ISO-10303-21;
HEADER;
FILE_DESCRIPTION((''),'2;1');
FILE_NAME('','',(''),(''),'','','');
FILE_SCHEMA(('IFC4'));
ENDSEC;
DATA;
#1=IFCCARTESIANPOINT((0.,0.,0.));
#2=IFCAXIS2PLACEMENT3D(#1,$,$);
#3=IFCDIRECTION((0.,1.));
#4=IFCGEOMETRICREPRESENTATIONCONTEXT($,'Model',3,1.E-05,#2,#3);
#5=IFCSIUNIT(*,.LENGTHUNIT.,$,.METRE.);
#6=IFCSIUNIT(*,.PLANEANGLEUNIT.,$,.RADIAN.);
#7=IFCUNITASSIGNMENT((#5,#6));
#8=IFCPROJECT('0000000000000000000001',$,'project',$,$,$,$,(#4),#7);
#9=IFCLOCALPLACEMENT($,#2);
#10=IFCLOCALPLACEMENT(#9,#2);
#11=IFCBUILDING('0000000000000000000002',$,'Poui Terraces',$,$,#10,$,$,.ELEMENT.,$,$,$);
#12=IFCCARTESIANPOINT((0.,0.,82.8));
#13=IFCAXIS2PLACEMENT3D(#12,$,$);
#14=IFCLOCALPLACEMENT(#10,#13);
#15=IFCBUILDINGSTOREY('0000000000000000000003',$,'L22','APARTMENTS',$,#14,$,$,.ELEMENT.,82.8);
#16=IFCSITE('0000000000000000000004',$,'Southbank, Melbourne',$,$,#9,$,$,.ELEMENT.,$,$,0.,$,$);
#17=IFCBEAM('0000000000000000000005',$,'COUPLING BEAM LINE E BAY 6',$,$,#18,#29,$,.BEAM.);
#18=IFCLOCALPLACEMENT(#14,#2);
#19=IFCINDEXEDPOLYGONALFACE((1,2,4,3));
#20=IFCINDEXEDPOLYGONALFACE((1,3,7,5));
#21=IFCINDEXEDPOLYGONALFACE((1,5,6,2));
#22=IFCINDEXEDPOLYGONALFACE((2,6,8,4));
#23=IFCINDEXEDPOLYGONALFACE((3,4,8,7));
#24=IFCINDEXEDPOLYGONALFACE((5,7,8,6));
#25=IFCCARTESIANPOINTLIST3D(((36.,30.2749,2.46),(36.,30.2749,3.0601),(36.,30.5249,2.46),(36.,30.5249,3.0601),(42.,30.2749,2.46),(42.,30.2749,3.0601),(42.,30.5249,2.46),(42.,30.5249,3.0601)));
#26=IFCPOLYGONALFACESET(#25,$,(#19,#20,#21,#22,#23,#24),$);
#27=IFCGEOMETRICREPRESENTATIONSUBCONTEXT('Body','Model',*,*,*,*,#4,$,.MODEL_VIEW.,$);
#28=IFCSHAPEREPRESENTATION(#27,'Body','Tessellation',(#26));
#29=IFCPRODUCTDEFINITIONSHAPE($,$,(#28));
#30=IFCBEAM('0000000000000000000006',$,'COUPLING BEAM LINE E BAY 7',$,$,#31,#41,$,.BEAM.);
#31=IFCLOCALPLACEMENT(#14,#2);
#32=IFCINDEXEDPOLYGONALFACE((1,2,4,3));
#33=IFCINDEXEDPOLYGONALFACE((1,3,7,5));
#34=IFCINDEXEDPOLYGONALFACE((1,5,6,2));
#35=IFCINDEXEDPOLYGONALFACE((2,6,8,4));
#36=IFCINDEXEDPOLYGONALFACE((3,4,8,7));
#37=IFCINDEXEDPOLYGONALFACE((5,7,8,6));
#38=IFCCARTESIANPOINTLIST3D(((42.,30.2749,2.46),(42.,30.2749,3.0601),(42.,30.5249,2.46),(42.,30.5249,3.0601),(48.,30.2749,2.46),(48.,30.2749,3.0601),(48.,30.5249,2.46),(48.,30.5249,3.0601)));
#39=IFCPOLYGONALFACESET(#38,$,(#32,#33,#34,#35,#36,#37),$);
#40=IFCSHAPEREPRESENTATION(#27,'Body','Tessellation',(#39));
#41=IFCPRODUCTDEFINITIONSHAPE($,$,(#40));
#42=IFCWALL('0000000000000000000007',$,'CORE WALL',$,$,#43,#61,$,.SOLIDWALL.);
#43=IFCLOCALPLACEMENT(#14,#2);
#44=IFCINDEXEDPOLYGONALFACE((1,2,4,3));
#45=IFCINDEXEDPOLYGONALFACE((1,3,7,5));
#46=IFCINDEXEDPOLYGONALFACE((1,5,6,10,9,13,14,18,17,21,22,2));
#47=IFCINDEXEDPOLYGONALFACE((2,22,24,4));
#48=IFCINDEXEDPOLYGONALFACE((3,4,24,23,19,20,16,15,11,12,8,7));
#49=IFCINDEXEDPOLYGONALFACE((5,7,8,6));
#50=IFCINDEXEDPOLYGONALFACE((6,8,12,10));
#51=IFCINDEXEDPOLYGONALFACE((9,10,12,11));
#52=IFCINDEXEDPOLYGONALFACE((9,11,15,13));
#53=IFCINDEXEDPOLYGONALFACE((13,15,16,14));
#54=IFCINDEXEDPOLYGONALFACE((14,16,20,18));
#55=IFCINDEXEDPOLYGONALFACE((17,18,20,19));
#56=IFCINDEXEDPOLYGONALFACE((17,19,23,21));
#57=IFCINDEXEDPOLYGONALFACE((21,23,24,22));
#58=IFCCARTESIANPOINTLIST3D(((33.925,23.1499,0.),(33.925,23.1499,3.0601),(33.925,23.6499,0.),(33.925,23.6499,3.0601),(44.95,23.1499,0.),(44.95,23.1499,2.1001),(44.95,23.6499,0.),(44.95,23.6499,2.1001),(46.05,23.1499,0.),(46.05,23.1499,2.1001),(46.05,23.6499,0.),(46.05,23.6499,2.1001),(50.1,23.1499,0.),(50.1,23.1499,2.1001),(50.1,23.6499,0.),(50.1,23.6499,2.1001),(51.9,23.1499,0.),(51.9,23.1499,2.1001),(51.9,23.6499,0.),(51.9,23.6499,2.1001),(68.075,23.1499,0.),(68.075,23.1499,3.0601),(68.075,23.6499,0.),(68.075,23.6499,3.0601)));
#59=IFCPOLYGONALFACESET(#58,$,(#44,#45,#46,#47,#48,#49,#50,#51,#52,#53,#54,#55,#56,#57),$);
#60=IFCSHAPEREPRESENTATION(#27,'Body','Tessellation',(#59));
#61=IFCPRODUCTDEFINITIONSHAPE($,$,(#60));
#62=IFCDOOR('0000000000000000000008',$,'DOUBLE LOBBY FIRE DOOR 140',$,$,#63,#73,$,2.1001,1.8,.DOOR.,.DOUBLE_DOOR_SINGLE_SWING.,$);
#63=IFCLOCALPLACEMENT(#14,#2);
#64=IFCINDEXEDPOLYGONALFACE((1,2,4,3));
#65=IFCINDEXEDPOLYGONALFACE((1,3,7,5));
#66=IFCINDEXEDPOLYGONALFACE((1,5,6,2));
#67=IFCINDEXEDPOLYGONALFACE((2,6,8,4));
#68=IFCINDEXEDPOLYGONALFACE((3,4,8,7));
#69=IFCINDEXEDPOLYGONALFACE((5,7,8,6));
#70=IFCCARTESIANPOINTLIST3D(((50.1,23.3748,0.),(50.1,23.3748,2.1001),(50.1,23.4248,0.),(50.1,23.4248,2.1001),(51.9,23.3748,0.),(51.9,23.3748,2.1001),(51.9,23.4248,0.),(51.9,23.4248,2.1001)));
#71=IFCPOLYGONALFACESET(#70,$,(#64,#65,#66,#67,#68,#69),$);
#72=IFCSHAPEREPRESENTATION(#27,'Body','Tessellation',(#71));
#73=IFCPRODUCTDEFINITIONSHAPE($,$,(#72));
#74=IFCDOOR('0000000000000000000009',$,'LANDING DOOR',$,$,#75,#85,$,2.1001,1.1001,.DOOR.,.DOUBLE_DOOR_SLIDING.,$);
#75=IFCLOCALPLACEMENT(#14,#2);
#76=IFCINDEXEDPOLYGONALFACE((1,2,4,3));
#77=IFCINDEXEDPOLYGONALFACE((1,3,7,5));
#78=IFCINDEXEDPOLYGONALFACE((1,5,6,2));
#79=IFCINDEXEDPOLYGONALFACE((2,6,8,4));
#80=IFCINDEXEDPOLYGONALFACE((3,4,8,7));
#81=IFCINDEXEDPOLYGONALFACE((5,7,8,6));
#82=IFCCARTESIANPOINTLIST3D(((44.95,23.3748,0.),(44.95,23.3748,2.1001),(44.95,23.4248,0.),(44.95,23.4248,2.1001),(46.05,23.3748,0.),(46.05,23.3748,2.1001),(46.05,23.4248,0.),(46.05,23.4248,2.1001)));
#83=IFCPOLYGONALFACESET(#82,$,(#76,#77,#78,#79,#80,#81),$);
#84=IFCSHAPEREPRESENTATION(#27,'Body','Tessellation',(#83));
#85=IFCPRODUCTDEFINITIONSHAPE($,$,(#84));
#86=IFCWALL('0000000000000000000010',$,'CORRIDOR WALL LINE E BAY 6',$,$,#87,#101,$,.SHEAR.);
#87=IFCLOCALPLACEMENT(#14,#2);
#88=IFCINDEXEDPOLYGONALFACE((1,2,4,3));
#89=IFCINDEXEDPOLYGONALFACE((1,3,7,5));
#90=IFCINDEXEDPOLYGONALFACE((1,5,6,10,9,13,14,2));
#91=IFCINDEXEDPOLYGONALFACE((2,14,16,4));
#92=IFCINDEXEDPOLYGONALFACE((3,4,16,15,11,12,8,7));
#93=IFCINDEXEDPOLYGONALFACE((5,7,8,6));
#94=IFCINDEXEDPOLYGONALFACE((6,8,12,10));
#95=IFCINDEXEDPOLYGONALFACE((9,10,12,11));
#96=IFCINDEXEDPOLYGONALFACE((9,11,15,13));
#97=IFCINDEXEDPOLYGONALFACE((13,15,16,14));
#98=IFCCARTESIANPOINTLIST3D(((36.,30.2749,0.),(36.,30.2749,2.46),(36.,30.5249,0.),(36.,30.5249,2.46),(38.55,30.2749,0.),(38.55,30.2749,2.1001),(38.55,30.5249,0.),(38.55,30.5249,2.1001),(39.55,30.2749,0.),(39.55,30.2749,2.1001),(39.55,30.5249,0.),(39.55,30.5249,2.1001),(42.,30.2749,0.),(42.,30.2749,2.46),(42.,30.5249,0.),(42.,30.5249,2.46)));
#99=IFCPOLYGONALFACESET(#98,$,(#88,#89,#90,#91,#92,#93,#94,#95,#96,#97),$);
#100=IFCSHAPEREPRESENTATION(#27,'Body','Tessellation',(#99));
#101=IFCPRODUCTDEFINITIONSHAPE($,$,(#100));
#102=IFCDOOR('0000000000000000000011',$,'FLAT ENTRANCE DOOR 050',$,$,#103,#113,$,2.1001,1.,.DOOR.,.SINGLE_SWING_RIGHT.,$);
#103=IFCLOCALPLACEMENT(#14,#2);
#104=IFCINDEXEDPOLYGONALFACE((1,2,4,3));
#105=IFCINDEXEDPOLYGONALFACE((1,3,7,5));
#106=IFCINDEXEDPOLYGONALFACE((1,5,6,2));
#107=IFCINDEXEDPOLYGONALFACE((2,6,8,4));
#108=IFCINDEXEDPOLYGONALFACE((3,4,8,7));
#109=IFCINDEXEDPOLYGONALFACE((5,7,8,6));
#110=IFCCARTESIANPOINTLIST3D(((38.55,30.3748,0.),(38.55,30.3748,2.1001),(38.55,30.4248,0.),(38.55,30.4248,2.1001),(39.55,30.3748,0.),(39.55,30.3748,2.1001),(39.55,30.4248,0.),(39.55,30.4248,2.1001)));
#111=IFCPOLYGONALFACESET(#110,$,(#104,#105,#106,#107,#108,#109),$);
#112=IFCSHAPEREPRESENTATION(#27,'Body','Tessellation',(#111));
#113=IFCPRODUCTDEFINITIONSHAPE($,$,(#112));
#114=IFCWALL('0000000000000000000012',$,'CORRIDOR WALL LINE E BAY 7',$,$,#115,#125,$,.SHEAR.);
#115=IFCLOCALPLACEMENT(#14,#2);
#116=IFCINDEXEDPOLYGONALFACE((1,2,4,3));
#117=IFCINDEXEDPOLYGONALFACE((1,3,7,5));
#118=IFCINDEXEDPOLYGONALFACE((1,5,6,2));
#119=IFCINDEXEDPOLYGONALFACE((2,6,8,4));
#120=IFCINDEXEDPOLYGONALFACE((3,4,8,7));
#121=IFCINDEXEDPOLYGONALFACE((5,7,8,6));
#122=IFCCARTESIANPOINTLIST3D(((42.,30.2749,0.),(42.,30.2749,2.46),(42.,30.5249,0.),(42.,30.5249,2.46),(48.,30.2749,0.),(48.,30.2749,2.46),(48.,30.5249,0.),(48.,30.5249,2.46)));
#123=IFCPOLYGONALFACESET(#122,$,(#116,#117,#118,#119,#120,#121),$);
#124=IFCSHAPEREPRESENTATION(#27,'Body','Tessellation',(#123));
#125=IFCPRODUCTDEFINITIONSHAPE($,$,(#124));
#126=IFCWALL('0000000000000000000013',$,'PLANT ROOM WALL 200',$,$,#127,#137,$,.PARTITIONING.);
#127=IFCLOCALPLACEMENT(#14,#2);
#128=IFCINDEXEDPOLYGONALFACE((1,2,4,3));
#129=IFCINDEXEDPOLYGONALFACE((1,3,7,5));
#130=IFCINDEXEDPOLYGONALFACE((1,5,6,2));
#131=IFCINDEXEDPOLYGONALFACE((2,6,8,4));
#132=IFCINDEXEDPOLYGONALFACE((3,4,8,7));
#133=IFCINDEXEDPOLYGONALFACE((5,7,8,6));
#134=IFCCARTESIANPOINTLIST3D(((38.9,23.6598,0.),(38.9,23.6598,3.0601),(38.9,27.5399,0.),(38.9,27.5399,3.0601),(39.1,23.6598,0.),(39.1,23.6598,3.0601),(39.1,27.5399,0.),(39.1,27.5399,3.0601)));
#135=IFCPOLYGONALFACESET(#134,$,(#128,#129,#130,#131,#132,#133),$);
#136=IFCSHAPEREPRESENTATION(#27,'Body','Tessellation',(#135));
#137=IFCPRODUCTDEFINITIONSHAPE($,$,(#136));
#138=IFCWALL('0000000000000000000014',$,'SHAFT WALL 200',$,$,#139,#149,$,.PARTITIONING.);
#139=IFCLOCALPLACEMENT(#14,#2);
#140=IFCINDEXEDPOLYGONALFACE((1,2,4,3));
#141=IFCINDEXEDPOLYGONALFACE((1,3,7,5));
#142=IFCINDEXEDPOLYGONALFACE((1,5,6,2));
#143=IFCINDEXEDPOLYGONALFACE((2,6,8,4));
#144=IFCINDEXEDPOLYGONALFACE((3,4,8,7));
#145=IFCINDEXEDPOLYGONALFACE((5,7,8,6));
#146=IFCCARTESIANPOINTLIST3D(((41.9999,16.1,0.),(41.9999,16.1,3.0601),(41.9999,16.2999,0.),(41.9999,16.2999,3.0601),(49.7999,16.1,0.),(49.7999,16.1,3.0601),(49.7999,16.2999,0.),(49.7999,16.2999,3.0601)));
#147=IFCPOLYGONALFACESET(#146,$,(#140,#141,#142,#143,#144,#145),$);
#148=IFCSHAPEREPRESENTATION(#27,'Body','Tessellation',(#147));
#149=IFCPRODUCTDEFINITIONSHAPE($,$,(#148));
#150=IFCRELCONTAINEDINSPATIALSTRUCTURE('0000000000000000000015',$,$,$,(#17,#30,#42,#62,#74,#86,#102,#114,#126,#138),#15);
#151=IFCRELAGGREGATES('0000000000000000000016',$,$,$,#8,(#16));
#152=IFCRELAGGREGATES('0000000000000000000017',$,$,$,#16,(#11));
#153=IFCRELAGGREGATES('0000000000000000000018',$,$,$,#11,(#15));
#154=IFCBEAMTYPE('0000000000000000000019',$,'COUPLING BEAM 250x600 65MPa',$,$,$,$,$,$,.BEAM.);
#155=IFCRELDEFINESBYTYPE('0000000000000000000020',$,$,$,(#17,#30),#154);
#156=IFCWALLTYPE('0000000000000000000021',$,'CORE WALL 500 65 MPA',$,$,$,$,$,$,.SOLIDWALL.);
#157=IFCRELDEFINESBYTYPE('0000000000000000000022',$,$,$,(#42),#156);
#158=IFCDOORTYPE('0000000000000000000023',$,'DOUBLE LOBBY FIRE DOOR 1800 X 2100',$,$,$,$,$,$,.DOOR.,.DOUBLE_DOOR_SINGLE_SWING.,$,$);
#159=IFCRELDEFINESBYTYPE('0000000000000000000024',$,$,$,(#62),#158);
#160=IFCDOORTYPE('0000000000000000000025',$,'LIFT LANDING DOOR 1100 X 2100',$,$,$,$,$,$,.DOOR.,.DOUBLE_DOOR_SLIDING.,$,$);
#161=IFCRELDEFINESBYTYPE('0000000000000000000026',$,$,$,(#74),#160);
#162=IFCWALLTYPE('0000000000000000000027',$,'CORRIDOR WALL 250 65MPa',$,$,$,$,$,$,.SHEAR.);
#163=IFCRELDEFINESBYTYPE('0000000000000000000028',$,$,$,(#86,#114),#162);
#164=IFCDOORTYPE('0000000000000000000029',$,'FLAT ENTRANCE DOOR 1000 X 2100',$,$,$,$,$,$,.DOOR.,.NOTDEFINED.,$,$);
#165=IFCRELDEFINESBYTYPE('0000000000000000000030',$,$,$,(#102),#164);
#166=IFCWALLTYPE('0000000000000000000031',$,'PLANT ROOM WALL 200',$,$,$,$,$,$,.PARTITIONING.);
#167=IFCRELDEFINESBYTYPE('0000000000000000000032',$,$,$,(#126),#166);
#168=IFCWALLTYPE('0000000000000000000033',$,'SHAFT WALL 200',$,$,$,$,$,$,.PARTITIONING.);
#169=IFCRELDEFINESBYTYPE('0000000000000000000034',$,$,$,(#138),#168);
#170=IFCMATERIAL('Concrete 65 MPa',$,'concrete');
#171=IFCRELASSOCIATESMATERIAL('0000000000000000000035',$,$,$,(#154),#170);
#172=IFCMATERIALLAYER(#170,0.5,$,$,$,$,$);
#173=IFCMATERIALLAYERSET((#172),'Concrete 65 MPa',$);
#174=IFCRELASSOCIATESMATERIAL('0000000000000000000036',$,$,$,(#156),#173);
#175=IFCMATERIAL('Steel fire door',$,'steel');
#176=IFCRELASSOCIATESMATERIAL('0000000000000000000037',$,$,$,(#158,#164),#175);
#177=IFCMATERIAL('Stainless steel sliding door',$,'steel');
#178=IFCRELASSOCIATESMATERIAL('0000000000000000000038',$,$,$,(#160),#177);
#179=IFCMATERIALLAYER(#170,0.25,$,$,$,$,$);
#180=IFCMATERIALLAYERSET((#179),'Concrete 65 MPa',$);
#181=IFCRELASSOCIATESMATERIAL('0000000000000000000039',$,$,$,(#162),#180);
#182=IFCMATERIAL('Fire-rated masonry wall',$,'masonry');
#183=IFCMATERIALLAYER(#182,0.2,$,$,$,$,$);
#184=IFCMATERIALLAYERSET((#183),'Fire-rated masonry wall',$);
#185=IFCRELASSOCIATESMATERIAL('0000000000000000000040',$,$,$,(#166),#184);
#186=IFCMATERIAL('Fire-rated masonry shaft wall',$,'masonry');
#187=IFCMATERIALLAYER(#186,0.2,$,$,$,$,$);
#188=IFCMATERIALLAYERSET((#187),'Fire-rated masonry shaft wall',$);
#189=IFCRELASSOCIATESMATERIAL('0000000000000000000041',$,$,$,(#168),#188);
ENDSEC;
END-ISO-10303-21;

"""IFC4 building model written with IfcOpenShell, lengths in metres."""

from ifc_helpers import new_model, si_unit, direction, frame, frame_2d, origin, origin_2d, place, context, subcontext, project, spatial, rectangle, extrude, source, transform, mapped, material, layer, layer_set, material_profile, profile_set, type_object, element, fill, save


model = new_model("IFC4")

# Units and contexts
model_context = context("Model", 3, precision=1e-05, world=origin(), true_north=direction((0.0, 1.0)))
body_context = subcontext(model_context, "Body", "Model", "MODEL_VIEW")
ifc_project = project(units=[si_unit("LENGTHUNIT", "METRE"), si_unit("PLANEANGLEUNIT", "RADIAN")], contexts=[model_context])

# Site, building, storey
site_placement = place(None, origin())
site = spatial("IfcSite", under=ifc_project, at=site_placement, Name="Southbank, Melbourne", CompositionType="ELEMENT", RefElevation=0.0)
building_placement = place(site_placement, origin())
building = spatial("IfcBuilding", under=site, at=building_placement, Name="Poui Terraces", CompositionType="ELEMENT")
storey_placement = place(building_placement, frame((0.0, 0.0, 82.8)))
storey = spatial("IfcBuildingStorey", under=building, at=storey_placement, Name="L22", Description="APARTMENTS", CompositionType="ELEMENT", Elevation=82.8)

# Beams
ifc_material_1 = material(Name="Concrete 65 MPa", Category="concrete")
ifc_material_profile = material_profile(ifc_material_1, rectangle(XDim=0.25, YDim=0.6001, at=origin_2d()), Name="RC 250x600")
ifc_profile_set = profile_set([ifc_material_profile], Name="Concrete 65 MPa")
beam_type = type_object("IfcBeamType", Name="COUPLING BEAM 250x600 65MPa", PredefinedType="BEAM", material=ifc_profile_set)
shared_shape = source(origin(), body_context, "Body", "SweptSolid", [
    extrude(rectangle(XDim=0.25, YDim=0.6001, at=origin_2d()), origin(), (0.0, 0.0, 1.0), 6.0),
])
for number, where, z_axis, x_axis, name in (
    (1, (36.0, 30.3999, 2.76), (1.0, 0.0, 0.0), (0.0, 1.0, 0.0), "COUPLING BEAM LINE E BAY 6"),
    (2, (42.0, 30.3999, 2.76), (1.0, 0.0, 0.0), (0.0, 1.0, 0.0), "COUPLING BEAM LINE E BAY 7"),
):
    element("IfcBeam", number, at=place(storey_placement, frame(where, z_axis=z_axis, x_axis=x_axis)), inside=storey, type_object=beam_type, Name=name, PredefinedType="BEAM", context=body_context, shape_type="MappedRepresentation", body=[
        mapped(shared_shape, transform((0.0, 0.0, 0.0))),
    ])

# Wall, openings, doors
ifc_layer_1 = layer(ifc_material_1, 0.5)
ifc_layer_set_1 = layer_set([ifc_layer_1], Name="Concrete 65 MPa")
wall_type_1 = type_object("IfcWallType", Name="CORE WALL 500 65 MPA", PredefinedType="SOLIDWALL", material=ifc_layer_set_1)
wall_1_placement = place(storey_placement, frame((33.925, 23.3999, 0.0), z_axis=(0.0, 0.0, 1.0), x_axis=(1.0, 0.0, 0.0)))
wall_1 = element("IfcWall", 3, at=wall_1_placement, inside=storey, type_object=wall_type_1, Name="CORE WALL", PredefinedType="SOLIDWALL", context=body_context, shape_type="SweptSolid", body=[
    extrude(rectangle(XDim=34.1499, YDim=0.5, at=frame_2d((17.075, 0.0))), origin(), (0.0, 0.0, 1.0), 3.0601),
])
opening_1_placement = place(wall_1_placement, frame((16.175, 0.0, 0.0)))
opening_1 = element("IfcOpeningElement", 4, at=opening_1_placement, cuts=wall_1, PredefinedType="OPENING", context=body_context, shape_type="SweptSolid", body=[
    extrude(rectangle(XDim=1.8, YDim=2.1001, at=frame_2d((0.8999, 1.05))), frame((0.0, 0.26, 0.0), z_axis=(0.0, -1.0, 0.0), x_axis=(1.0, 0.0, 0.0)), (0.0, 0.0, 1.0), 0.52),
])
opening_2_placement = place(wall_1_placement, frame((11.0249, 0.0, 0.0)))
opening_2 = element("IfcOpeningElement", 5, at=opening_2_placement, cuts=wall_1, PredefinedType="OPENING", context=body_context, shape_type="SweptSolid", body=[
    extrude(rectangle(XDim=1.1001, YDim=2.1001, at=frame_2d((0.55, 1.05))), frame((0.0, 0.26, 0.0), z_axis=(0.0, -1.0, 0.0), x_axis=(1.0, 0.0, 0.0)), (0.0, 0.0, 1.0), 0.52),
])
ifc_material_2 = material(Name="Steel fire door", Category="steel")
door_type_1 = type_object("IfcDoorType", Name="DOUBLE LOBBY FIRE DOOR 1800 X 2100", OperationType="DOUBLE_DOOR_SINGLE_SWING", PredefinedType="DOOR", material=ifc_material_2)
door_1_placement = place(opening_1_placement, origin())
door_1 = element("IfcDoor", 6, at=door_1_placement, inside=storey, type_object=door_type_1, Name="DOUBLE LOBBY FIRE DOOR 140", OperationType="DOUBLE_DOOR_SINGLE_SWING", OverallHeight=2.1001, OverallWidth=1.8, PredefinedType="DOOR", context=body_context, shape_type="SweptSolid", body=[
    extrude(rectangle(XDim=1.8, YDim=2.1001, at=frame_2d((0.8999, 1.05))), frame((0.0, 0.0249, 0.0), z_axis=(0.0, -1.0, 0.0), x_axis=(1.0, 0.0, 0.0)), (0.0, 0.0, 1.0), 0.05),
])
fill(opening_1, door_1)
ifc_material_3 = material(Name="Stainless steel sliding door", Category="steel")
door_type_2 = type_object("IfcDoorType", Name="LIFT LANDING DOOR 1100 X 2100", OperationType="DOUBLE_DOOR_SLIDING", PredefinedType="DOOR", material=ifc_material_3)
door_2_placement = place(opening_2_placement, origin())
door_2 = element("IfcDoor", 7, at=door_2_placement, inside=storey, type_object=door_type_2, Name="LANDING DOOR", OperationType="DOUBLE_DOOR_SLIDING", OverallHeight=2.1001, OverallWidth=1.1001, PredefinedType="DOOR", context=body_context, shape_type="SweptSolid", body=[
    extrude(rectangle(XDim=1.1001, YDim=2.1001, at=frame_2d((0.55, 1.05))), frame((0.0, 0.0249, 0.0), z_axis=(0.0, -1.0, 0.0), x_axis=(1.0, 0.0, 0.0)), (0.0, 0.0, 1.0), 0.05),
])
fill(opening_2, door_2)

# Wall, opening, door
ifc_layer_2 = layer(ifc_material_1, 0.25)
ifc_layer_set_2 = layer_set([ifc_layer_2], Name="Concrete 65 MPa")
wall_type_2 = type_object("IfcWallType", Name="CORRIDOR WALL 250 65MPa", PredefinedType="SHEAR", material=ifc_layer_set_2)
wall_2_placement = place(storey_placement, frame((36.0, 30.3999, 0.0), z_axis=(0.0, 0.0, 1.0), x_axis=(1.0, 0.0, 0.0)))
wall_2 = element("IfcWall", 8, at=wall_2_placement, inside=storey, type_object=wall_type_2, Name="CORRIDOR WALL LINE E BAY 6", PredefinedType="SHEAR", context=body_context, shape_type="SweptSolid", body=[
    extrude(rectangle(XDim=6.0, YDim=0.25, at=frame_2d((3.0, 0.0))), origin(), (0.0, 0.0, 1.0), 2.46),
])
opening_3_placement = place(wall_2_placement, frame((2.55, 0.0, 0.0)))
opening_3 = element("IfcOpeningElement", 9, at=opening_3_placement, cuts=wall_2, PredefinedType="OPENING", context=body_context, shape_type="SweptSolid", body=[
    extrude(rectangle(XDim=1.0, YDim=2.1001, at=frame_2d((0.5, 1.05))), frame((0.0, 0.135, 0.0), z_axis=(0.0, -1.0, 0.0), x_axis=(1.0, 0.0, 0.0)), (0.0, 0.0, 1.0), 0.27),
])
door_type_3 = type_object("IfcDoorType", Name="FLAT ENTRANCE DOOR 1000 X 2100", OperationType="NOTDEFINED", PredefinedType="DOOR", material=ifc_material_2)
door_3_placement = place(opening_3_placement, origin())
door_3 = element("IfcDoor", 10, at=door_3_placement, inside=storey, type_object=door_type_3, Name="FLAT ENTRANCE DOOR 050", OperationType="SINGLE_SWING_RIGHT", OverallHeight=2.1001, OverallWidth=1.0, PredefinedType="DOOR", context=body_context, shape_type="SweptSolid", body=[
    extrude(rectangle(XDim=1.0, YDim=2.1001, at=frame_2d((0.5, 1.05))), frame((0.0, 0.0249, 0.0), z_axis=(0.0, -1.0, 0.0), x_axis=(1.0, 0.0, 0.0)), (0.0, 0.0, 1.0), 0.05),
])
fill(opening_3, door_3)

# Walls
wall_3_placement = place(storey_placement, frame((42.0, 30.3999, 0.0), z_axis=(0.0, 0.0, 1.0), x_axis=(1.0, 0.0, 0.0)))
element("IfcWall", 11, at=wall_3_placement, inside=storey, type_object=wall_type_2, Name="CORRIDOR WALL LINE E BAY 7", PredefinedType="SHEAR", context=body_context, shape_type="SweptSolid", body=[
    extrude(rectangle(XDim=6.0, YDim=0.25, at=frame_2d((3.0, 0.0))), origin(), (0.0, 0.0, 1.0), 2.46),
])
ifc_material_4 = material(Name="Fire-rated masonry wall", Category="masonry")
ifc_layer_3 = layer(ifc_material_4, 0.2)
ifc_layer_set_3 = layer_set([ifc_layer_3], Name="Fire-rated masonry wall")
wall_type_3 = type_object("IfcWallType", Name="PLANT ROOM WALL 200", PredefinedType="PARTITIONING", material=ifc_layer_set_3)
wall_4_placement = place(storey_placement, frame((39.0, 23.6599, 0.0), z_axis=(0.0, 0.0, 1.0), x_axis=(0.0, 1.0, 0.0)))
element("IfcWall", 12, at=wall_4_placement, inside=storey, type_object=wall_type_3, Name="PLANT ROOM WALL 200", PredefinedType="PARTITIONING", context=body_context, shape_type="SweptSolid", body=[
    extrude(rectangle(XDim=3.8801, YDim=0.2, at=frame_2d((1.9399, 0.0))), origin(), (0.0, 0.0, 1.0), 3.0601),
])
ifc_material_5 = material(Name="Fire-rated masonry shaft wall", Category="masonry")
ifc_layer_4 = layer(ifc_material_5, 0.2)
ifc_layer_set_4 = layer_set([ifc_layer_4], Name="Fire-rated masonry shaft wall")
wall_type_4 = type_object("IfcWallType", Name="SHAFT WALL 200", PredefinedType="PARTITIONING", material=ifc_layer_set_4)
wall_5_placement = place(storey_placement, frame((42.0, 16.2, 0.0), z_axis=(0.0, 0.0, 1.0), x_axis=(1.0, 0.0, 0.0)))
element("IfcWall", 13, at=wall_5_placement, inside=storey, type_object=wall_type_4, Name="SHAFT WALL 200", PredefinedType="PARTITIONING", context=body_context, shape_type="SweptSolid", body=[
    extrude(rectangle(XDim=7.8, YDim=0.2, at=frame_2d((3.8999, 0.0))), origin(), (0.0, 0.0, 1.0), 3.0601),
])

save(model, "model.ifc")
